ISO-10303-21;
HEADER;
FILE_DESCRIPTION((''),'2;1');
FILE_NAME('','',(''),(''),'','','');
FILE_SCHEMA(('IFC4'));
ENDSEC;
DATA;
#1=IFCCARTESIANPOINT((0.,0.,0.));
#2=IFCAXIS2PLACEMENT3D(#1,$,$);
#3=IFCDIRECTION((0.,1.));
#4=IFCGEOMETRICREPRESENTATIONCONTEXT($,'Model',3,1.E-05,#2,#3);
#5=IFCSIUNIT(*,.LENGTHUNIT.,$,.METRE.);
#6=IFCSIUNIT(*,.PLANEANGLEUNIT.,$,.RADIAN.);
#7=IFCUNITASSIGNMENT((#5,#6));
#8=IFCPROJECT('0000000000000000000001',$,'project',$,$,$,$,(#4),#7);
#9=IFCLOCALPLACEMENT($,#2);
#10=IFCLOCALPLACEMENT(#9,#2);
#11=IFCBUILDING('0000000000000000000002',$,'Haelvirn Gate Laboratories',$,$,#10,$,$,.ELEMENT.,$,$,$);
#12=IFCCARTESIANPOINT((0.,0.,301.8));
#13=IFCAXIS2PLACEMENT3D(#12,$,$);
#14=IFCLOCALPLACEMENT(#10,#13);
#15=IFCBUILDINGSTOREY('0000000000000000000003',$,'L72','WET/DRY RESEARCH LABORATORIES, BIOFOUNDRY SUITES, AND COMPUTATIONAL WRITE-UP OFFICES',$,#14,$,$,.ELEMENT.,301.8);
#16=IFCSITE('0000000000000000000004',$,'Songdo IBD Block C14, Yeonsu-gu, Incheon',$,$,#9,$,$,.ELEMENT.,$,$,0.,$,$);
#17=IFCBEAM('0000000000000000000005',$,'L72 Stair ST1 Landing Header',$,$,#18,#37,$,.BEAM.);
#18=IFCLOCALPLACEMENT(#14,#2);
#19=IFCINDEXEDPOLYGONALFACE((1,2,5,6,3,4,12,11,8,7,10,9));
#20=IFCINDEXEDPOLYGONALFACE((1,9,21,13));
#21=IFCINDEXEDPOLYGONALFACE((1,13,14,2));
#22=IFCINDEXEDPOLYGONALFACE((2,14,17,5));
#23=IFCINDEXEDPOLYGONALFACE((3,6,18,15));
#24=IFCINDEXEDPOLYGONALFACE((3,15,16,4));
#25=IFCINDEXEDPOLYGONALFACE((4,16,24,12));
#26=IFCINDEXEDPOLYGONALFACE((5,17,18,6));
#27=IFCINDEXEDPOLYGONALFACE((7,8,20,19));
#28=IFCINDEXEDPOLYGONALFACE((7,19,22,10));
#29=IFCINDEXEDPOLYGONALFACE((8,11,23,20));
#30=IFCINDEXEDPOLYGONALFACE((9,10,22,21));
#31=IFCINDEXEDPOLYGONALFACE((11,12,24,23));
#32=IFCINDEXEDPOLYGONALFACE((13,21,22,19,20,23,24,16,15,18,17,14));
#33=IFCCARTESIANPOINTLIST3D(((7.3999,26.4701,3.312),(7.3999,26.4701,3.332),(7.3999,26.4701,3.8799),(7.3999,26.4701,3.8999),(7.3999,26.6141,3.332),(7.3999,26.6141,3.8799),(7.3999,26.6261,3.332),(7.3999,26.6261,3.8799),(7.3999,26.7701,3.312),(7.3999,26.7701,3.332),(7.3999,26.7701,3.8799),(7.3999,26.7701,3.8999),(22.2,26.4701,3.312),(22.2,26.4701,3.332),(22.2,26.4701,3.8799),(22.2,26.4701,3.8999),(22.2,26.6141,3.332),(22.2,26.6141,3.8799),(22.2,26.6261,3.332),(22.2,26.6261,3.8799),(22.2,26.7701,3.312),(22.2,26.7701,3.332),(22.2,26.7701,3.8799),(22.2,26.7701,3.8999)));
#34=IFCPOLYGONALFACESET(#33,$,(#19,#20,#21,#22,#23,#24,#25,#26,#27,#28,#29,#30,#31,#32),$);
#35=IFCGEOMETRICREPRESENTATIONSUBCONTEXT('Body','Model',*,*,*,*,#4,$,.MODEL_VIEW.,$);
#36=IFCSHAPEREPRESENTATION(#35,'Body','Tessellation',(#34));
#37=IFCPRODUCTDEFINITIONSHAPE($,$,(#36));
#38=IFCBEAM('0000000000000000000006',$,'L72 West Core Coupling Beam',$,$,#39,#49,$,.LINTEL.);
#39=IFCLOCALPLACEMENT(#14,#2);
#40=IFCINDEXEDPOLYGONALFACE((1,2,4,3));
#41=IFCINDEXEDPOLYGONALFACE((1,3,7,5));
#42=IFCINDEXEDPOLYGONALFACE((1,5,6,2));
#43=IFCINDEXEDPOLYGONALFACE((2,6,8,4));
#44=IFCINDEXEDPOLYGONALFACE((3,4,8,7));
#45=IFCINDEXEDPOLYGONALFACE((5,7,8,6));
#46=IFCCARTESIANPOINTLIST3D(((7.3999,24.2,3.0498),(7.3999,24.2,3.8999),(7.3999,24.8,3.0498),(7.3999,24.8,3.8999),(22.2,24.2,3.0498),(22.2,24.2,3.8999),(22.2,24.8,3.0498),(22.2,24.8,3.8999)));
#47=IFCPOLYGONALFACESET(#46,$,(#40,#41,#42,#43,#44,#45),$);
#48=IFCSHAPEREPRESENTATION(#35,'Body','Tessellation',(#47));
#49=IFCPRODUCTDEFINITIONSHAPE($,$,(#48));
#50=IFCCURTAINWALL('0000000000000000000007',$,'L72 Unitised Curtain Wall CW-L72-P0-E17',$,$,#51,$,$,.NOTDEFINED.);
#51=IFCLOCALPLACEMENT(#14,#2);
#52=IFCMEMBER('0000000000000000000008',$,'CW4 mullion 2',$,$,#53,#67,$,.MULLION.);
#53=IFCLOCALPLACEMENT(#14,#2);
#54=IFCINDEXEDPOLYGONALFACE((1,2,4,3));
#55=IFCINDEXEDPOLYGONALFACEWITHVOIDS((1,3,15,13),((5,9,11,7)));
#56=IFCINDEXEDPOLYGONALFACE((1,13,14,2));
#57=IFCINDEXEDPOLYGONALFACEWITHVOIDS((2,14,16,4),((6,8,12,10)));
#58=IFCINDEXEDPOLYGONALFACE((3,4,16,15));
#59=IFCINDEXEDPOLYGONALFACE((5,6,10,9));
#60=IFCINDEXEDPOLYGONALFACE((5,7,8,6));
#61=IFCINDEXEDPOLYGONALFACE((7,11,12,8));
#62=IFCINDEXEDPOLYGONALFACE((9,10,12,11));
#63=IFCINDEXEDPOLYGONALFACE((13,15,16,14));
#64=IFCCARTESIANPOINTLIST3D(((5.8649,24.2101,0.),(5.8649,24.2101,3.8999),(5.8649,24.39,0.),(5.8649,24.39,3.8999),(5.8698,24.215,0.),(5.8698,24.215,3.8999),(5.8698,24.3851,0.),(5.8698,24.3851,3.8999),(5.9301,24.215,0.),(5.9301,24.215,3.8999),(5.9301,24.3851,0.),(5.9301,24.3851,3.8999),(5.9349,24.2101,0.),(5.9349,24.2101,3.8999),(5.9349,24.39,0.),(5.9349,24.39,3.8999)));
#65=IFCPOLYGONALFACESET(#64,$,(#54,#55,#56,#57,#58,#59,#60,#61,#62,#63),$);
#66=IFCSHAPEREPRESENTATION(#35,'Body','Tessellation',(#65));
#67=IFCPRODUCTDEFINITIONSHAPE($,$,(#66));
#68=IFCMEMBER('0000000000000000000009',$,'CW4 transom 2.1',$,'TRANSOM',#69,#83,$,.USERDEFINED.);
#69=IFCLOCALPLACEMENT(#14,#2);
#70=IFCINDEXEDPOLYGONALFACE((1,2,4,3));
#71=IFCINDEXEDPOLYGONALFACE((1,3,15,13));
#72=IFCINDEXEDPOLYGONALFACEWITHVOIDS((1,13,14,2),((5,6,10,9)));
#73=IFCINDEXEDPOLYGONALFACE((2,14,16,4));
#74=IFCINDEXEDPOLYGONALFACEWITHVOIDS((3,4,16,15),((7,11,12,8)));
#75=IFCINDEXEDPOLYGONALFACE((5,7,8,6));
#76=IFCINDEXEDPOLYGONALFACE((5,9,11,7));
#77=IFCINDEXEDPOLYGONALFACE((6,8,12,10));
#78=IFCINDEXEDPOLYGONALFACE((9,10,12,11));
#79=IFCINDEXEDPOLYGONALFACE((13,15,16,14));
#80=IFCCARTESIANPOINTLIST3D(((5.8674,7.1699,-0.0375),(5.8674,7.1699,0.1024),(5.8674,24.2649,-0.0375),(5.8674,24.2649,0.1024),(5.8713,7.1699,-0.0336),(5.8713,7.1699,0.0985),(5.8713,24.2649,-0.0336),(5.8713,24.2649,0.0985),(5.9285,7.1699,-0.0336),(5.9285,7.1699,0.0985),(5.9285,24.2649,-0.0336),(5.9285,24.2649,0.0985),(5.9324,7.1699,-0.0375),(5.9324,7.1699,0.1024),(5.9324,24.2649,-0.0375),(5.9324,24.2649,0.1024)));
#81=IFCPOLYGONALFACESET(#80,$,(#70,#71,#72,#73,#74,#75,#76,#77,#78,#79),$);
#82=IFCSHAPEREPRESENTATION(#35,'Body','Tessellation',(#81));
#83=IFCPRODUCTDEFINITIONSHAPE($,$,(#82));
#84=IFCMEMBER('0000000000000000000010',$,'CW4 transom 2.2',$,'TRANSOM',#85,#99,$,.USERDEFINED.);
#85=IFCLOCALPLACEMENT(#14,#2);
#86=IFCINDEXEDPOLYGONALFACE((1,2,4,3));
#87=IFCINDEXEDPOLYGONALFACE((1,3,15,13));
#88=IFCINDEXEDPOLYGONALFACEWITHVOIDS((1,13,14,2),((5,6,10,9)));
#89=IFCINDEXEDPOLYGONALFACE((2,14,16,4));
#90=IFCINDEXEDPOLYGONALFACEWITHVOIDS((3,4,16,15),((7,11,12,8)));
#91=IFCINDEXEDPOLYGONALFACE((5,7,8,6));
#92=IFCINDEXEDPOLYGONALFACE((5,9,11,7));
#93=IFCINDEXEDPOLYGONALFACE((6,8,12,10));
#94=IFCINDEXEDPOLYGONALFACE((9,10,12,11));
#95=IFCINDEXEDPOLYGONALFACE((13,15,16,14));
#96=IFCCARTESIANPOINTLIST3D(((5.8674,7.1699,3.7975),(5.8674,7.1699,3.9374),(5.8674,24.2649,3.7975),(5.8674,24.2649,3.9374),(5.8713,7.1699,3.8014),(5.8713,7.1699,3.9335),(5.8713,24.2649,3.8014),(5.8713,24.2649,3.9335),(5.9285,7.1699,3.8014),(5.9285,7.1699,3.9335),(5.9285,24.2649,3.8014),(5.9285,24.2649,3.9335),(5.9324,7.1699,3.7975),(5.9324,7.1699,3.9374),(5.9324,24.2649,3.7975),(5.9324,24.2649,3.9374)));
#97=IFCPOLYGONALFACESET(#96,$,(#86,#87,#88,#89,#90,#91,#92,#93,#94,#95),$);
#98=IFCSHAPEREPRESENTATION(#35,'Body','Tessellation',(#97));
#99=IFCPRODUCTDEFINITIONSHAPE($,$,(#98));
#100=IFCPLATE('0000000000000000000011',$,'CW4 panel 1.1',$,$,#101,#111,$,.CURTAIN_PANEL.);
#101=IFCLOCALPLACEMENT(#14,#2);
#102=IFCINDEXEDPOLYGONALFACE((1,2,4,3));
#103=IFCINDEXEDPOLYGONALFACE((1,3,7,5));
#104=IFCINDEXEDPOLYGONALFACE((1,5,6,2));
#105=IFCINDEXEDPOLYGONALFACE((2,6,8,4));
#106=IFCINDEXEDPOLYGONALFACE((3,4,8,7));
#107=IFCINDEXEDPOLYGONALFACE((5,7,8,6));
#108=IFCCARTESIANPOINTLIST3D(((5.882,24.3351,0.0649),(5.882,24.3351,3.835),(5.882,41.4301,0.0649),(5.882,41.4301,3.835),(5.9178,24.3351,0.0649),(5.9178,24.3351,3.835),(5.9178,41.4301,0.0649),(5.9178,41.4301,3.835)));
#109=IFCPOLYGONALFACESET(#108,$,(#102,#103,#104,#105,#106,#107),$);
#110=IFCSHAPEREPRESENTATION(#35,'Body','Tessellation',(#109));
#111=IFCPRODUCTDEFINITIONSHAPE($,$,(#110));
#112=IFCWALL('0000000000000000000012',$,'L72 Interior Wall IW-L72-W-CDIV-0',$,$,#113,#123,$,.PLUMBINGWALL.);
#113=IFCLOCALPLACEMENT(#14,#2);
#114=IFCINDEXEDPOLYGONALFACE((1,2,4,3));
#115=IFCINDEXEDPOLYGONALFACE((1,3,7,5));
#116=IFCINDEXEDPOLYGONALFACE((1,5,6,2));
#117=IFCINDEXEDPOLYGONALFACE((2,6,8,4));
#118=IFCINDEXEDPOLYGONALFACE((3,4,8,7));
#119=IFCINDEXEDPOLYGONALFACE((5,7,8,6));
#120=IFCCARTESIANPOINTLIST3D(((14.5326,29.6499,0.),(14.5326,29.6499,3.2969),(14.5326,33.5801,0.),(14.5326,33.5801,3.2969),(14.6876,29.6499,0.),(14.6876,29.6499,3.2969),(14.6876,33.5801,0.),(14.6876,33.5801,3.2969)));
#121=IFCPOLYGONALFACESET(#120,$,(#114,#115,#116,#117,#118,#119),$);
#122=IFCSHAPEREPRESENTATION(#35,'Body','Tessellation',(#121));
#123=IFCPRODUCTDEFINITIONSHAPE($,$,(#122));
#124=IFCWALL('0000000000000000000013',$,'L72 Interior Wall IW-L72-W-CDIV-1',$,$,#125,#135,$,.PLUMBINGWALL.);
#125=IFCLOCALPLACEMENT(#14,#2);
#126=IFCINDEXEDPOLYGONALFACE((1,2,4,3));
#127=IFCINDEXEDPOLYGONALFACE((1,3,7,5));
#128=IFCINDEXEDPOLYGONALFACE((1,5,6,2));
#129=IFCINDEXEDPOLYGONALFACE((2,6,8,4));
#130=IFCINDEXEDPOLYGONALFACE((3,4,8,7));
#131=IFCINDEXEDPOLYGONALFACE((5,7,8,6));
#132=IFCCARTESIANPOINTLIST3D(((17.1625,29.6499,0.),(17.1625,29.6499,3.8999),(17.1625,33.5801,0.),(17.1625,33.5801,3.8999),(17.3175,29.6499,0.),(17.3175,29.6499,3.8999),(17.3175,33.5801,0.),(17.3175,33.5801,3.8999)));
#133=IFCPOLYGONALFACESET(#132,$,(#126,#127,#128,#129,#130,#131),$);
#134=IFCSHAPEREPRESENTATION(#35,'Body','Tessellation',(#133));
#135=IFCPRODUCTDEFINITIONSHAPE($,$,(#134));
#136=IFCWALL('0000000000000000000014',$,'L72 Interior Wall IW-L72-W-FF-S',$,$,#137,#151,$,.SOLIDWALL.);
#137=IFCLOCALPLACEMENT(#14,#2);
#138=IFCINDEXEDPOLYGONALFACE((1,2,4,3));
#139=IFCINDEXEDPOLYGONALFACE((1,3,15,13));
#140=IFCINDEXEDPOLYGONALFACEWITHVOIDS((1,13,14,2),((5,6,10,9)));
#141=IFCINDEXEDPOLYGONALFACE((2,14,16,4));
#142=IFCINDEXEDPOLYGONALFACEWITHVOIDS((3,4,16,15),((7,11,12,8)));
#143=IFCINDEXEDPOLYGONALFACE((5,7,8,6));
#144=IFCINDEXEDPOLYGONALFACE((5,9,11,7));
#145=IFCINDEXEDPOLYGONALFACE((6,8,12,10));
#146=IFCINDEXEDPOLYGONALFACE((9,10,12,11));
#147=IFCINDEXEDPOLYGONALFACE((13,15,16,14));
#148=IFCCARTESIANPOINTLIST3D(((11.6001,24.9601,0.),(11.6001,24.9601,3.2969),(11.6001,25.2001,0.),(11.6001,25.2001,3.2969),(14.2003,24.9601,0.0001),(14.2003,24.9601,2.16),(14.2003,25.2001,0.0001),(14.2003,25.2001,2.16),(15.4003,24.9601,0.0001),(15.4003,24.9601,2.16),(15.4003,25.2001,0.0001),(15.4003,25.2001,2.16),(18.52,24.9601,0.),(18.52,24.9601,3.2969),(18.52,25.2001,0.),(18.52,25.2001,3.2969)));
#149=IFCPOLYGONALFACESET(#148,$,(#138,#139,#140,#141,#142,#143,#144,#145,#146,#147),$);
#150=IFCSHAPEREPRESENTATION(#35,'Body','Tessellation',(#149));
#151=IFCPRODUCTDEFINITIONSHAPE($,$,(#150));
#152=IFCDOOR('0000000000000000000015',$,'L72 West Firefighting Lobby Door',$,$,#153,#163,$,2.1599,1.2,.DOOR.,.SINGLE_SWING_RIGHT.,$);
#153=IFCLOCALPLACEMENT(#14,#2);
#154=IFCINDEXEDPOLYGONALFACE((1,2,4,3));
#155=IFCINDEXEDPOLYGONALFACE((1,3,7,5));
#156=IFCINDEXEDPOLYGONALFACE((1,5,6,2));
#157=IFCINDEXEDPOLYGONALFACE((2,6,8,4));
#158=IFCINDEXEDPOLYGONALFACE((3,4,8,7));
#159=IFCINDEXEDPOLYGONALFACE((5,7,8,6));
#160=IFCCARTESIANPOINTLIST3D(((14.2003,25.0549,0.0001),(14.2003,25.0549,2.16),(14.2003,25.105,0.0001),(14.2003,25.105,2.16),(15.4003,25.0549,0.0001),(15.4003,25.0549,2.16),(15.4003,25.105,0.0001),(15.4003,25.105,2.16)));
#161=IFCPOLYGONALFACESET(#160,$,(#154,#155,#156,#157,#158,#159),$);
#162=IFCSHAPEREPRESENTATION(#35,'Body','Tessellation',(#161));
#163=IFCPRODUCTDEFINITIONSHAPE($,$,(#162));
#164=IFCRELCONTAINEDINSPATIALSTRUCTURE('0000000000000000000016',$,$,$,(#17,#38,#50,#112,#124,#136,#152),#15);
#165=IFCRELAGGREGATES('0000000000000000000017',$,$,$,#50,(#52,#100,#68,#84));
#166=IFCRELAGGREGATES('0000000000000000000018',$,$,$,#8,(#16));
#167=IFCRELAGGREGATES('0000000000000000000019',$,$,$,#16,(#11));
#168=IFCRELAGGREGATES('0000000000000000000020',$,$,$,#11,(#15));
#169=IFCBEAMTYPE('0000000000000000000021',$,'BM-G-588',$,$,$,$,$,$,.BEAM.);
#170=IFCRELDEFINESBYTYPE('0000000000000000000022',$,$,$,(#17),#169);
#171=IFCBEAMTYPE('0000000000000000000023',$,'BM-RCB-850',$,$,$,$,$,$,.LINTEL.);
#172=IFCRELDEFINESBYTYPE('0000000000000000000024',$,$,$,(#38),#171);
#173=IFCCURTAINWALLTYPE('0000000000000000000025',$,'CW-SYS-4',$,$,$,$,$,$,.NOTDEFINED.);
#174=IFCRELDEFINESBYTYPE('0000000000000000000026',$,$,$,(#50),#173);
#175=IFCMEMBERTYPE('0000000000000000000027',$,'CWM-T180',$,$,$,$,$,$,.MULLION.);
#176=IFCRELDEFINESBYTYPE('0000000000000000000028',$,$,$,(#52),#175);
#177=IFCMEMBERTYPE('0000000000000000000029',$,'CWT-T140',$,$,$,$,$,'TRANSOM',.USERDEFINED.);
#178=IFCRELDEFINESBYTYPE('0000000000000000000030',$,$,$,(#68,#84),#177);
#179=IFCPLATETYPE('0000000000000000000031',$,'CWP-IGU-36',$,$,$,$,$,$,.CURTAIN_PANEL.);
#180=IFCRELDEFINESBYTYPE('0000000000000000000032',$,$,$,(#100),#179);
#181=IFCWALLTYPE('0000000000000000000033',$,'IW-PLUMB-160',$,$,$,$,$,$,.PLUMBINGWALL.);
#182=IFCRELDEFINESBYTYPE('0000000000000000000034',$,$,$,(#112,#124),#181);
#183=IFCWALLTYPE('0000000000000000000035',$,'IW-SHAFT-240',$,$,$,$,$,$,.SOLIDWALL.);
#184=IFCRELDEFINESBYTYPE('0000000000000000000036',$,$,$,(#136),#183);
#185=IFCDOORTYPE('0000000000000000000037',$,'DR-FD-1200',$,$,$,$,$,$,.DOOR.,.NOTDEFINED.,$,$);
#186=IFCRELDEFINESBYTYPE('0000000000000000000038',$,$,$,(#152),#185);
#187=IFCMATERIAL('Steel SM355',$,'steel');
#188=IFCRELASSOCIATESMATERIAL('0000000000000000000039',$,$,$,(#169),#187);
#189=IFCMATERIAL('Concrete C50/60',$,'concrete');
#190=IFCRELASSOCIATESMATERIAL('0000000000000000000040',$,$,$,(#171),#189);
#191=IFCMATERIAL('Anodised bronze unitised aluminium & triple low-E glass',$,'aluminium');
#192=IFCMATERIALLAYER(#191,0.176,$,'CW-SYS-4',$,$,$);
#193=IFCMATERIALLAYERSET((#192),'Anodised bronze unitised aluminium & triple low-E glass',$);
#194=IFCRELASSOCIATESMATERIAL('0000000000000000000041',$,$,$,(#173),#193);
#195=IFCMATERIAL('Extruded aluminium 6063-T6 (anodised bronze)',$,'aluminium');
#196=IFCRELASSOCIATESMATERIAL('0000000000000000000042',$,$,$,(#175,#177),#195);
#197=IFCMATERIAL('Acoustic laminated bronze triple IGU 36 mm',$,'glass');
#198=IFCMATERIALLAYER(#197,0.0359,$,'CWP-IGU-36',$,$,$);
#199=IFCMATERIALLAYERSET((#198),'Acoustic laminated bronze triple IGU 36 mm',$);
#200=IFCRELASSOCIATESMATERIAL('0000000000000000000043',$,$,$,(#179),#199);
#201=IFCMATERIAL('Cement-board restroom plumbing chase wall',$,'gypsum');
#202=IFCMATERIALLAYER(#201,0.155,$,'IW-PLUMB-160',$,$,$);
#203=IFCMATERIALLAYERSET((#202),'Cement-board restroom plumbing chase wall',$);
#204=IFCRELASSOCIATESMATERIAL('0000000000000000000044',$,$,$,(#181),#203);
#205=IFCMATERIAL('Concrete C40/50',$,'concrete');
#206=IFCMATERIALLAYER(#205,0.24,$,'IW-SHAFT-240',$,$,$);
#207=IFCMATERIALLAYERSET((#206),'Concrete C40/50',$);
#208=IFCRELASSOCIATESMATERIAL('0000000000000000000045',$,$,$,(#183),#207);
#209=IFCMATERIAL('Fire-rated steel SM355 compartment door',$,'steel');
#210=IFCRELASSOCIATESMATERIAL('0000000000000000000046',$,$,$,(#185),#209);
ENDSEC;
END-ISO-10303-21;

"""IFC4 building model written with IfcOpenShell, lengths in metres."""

from ifc_helpers import new_model, si_unit, direction, frame, frame_2d, origin, origin_2d, place, context, subcontext, project, spatial, rectangle, hollow_rectangle, i_section, extrude, source, transform, mapped, material, layer, layer_set, material_profile, profile_set, type_object, type_shapes, element, fill, aggregate, save


model = new_model("IFC4")

# Units and contexts
model_context = context("Model", 3, precision=1e-05, world=origin(), true_north=direction((0.0, 1.0)))
body_context = subcontext(model_context, "Body", "Model", "MODEL_VIEW")
ifc_project = project(units=[si_unit("LENGTHUNIT", "METRE"), si_unit("PLANEANGLEUNIT", "RADIAN")], contexts=[model_context])

# Site, building, storey
site_placement = place(None, origin())
site = spatial("IfcSite", under=ifc_project, at=site_placement, Name="Songdo IBD Block C14, Yeonsu-gu, Incheon", CompositionType="ELEMENT", RefElevation=0.0)
building_placement = place(site_placement, origin())
building = spatial("IfcBuilding", under=site, at=building_placement, Name="Haelvirn Gate Laboratories", CompositionType="ELEMENT")
storey_placement = place(building_placement, frame((0.0, 0.0, 301.8)))
storey = spatial("IfcBuildingStorey", under=building, at=storey_placement, Name="L72", Description="WET/DRY RESEARCH LABORATORIES, BIOFOUNDRY SUITES, AND COMPUTATIONAL WRITE-UP OFFICES", CompositionType="ELEMENT", Elevation=301.8)

# Beams
ifc_material_1 = material(Name="Steel SM355", Category="steel")
ifc_material_profile_1 = material_profile(ifc_material_1, i_section(OverallWidth=0.3, OverallDepth=0.5879, WebThickness=0.012, FlangeThickness=0.02, at=origin_2d()), Name="H-588x300x12x20")
ifc_profile_set_1 = profile_set([ifc_material_profile_1], Name="Steel SM355")
beam_type_1 = type_object("IfcBeamType", Name="BM-G-588", PredefinedType="BEAM", material=ifc_profile_set_1)
shared_shape_1 = source(origin(), body_context, "Body", "SweptSolid", [
    extrude(i_section(OverallWidth=0.3, OverallDepth=0.5879, WebThickness=0.012, FlangeThickness=0.02, at=origin_2d()), origin(), (0.0, 0.0, 1.0), 14.8),
])
type_shapes(beam_type_1, [shared_shape_1])
beam_1_placement = place(storey_placement, frame((7.3999, 26.6201, 3.606), z_axis=(1.0, 0.0, 0.0), x_axis=(0.0, 1.0, 0.0)))
element("IfcBeam", 1, at=beam_1_placement, inside=storey, type_object=beam_type_1, Name="L72 Stair ST1 Landing Header", PredefinedType="BEAM", context=body_context, shape_type="MappedRepresentation", body=[
    mapped(shared_shape_1, transform((0.0, 0.0, 0.0), scale=1.0)),
])
ifc_material_2 = material(Name="Concrete C50/60", Category="concrete")
ifc_material_profile_2 = material_profile(ifc_material_2, rectangle(XDim=0.6001, YDim=0.8501, at=origin_2d()), Name="RCB-600x850")
ifc_profile_set_2 = profile_set([ifc_material_profile_2], Name="Concrete C50/60")
beam_type_2 = type_object("IfcBeamType", Name="BM-RCB-850", PredefinedType="LINTEL", material=ifc_profile_set_2)
shared_shape_2 = source(origin(), body_context, "Body", "SweptSolid", [
    extrude(rectangle(XDim=0.6001, YDim=0.8501, at=origin_2d()), origin(), (0.0, 0.0, 1.0), 14.8),
])
type_shapes(beam_type_2, [shared_shape_2])
beam_2_placement = place(storey_placement, frame((7.3999, 24.5, 3.4749), z_axis=(1.0, 0.0, 0.0), x_axis=(0.0, 1.0, 0.0)))
element("IfcBeam", 2, at=beam_2_placement, inside=storey, type_object=beam_type_2, Name="L72 West Core Coupling Beam", PredefinedType="LINTEL", context=body_context, shape_type="MappedRepresentation", body=[
    mapped(shared_shape_2, transform((0.0, 0.0, 0.0), scale=1.0)),
])

# Curtain wall, members, plate
ifc_material_3 = material(Name="Anodised bronze unitised aluminium & triple low-E glass", Category="aluminium")
ifc_layer_1 = layer(ifc_material_3, 0.176, Name="CW-SYS-4")
ifc_layer_set_1 = layer_set([ifc_layer_1], Name="Anodised bronze unitised aluminium & triple low-E glass")
curtain_wall_type = type_object("IfcCurtainWallType", Name="CW-SYS-4", PredefinedType="NOTDEFINED", material=ifc_layer_set_1)
curtain_wall_placement = place(storey_placement, origin())
curtain_wall = element("IfcCurtainWall", 3, at=curtain_wall_placement, inside=storey, type_object=curtain_wall_type, Name="L72 Unitised Curtain Wall CW-L72-P0-E17", PredefinedType="NOTDEFINED")
ifc_material_4 = material(Name="Extruded aluminium 6063-T6 (anodised bronze)", Category="aluminium")
ifc_material_profile_3 = material_profile(ifc_material_4, hollow_rectangle(XDim=0.0701, YDim=0.1799, WallThickness=0.0049, at=origin_2d()), Name="CWM-180x70x5")
ifc_profile_set_3 = profile_set([ifc_material_profile_3], Name="Extruded aluminium 6063-T6 (anodised bronze)")
member_type_1 = type_object("IfcMemberType", Name="CWM-T180", PredefinedType="MULLION", material=ifc_profile_set_3)
shared_shape_3 = source(origin(), body_context, "Body", "SweptSolid", [
    extrude(hollow_rectangle(XDim=0.0701, YDim=0.1799, WallThickness=0.0049, at=origin_2d()), origin(), (0.0, 0.0, 1.0), 3.8999),
])
type_shapes(member_type_1, [shared_shape_3])
member_1_placement = place(storey_placement, frame((5.8999, 24.3, 0.0), z_axis=(0.0, 0.0, 1.0), x_axis=(1.0, 0.0, 0.0)))
member_1 = element("IfcMember", 4, at=member_1_placement, type_object=member_type_1, Name="CW4 mullion 2", PredefinedType="MULLION", context=body_context, shape_type="MappedRepresentation", body=[
    mapped(shared_shape_3, transform((0.0, 0.0, 0.0), scale=1.0)),
])
ifc_material_profile_4 = material_profile(ifc_material_4, hollow_rectangle(XDim=0.0649, YDim=0.1399, WallThickness=0.0039, at=origin_2d()), Name="CWT-140x65x4")
ifc_profile_set_4 = profile_set([ifc_material_profile_4], Name="Extruded aluminium 6063-T6 (anodised bronze)")
member_type_2 = type_object("IfcMemberType", Name="CWT-T140", ElementType="TRANSOM", PredefinedType="USERDEFINED", material=ifc_profile_set_4)
shared_shape_4 = source(origin(), body_context, "Body", "SweptSolid", [
    extrude(hollow_rectangle(XDim=0.0649, YDim=0.1399, WallThickness=0.0039, at=origin_2d()), origin(), (0.0, 0.0, 1.0), 17.095),
])
type_shapes(member_type_2, [shared_shape_4])
member_2_placement = place(storey_placement, frame((5.8999, 24.2649, 0.0325), z_axis=(0.0, -1.0, 0.0), x_axis=(1.0, 0.0, 0.0)))
member_2 = element("IfcMember", 5, at=member_2_placement, type_object=member_type_2, Name="CW4 transom 2.1", ObjectType="TRANSOM", PredefinedType="USERDEFINED", context=body_context, shape_type="MappedRepresentation", body=[
    mapped(shared_shape_4, transform((0.0, 0.0, 0.0), scale=1.0)),
])
member_3_placement = place(storey_placement, frame((5.8999, 24.2649, 3.8674), z_axis=(0.0, -1.0, 0.0), x_axis=(1.0, 0.0, 0.0)))
member_3 = element("IfcMember", 6, at=member_3_placement, type_object=member_type_2, Name="CW4 transom 2.2", ObjectType="TRANSOM", PredefinedType="USERDEFINED", context=body_context, shape_type="MappedRepresentation", body=[
    mapped(shared_shape_4, transform((0.0, 0.0, 0.0), scale=1.0)),
])
ifc_material_5 = material(Name="Acoustic laminated bronze triple IGU 36 mm", Category="glass")
ifc_layer_2 = layer(ifc_material_5, 0.0359, Name="CWP-IGU-36")
ifc_layer_set_2 = layer_set([ifc_layer_2], Name="Acoustic laminated bronze triple IGU 36 mm")
plate_type = type_object("IfcPlateType", Name="CWP-IGU-36", PredefinedType="CURTAIN_PANEL", material=ifc_layer_set_2)
shared_shape_5 = source(origin(), body_context, "Body", "SweptSolid", [
    extrude(rectangle(XDim=17.095, YDim=0.0359, at=origin_2d()), origin(), (0.0, 0.0, 1.0), 3.77),
])
type_shapes(plate_type, [shared_shape_5])
plate_placement = place(storey_placement, frame((5.8999, 32.8826, 0.0649), z_axis=(0.0, 0.0, 1.0), x_axis=(0.0, -1.0, 0.0)))
plate = element("IfcPlate", 7, at=plate_placement, type_object=plate_type, Name="CW4 panel 1.1", PredefinedType="CURTAIN_PANEL", context=body_context, shape_type="MappedRepresentation", body=[
    mapped(shared_shape_5, transform((0.0, 0.0, 0.0), scale=1.0)),
])
aggregate(curtain_wall, [member_1, plate, member_2, member_3])

# Walls
ifc_material_6 = material(Name="Cement-board restroom plumbing chase wall", Category="gypsum")
ifc_layer_3 = layer(ifc_material_6, 0.155, Name="IW-PLUMB-160")
ifc_layer_set_3 = layer_set([ifc_layer_3], Name="Cement-board restroom plumbing chase wall")
wall_type_1 = type_object("IfcWallType", Name="IW-PLUMB-160", PredefinedType="PLUMBINGWALL", material=ifc_layer_set_3)
wall_1_placement = place(storey_placement, frame((14.6101, 29.6499, 0.0), z_axis=(0.0, 0.0, 1.0), x_axis=(0.0, 1.0, 0.0)))
element("IfcWall", 8, at=wall_1_placement, inside=storey, type_object=wall_type_1, Name="L72 Interior Wall IW-L72-W-CDIV-0", PredefinedType="PLUMBINGWALL", context=body_context, shape_type="SweptSolid", body=[
    extrude(rectangle(XDim=3.9302, YDim=0.155, at=frame_2d((1.9651, 0.0))), origin(), (0.0, 0.0, 1.0), 3.2969),
])
wall_2_placement = place(storey_placement, frame((17.24, 29.6499, 0.0), z_axis=(0.0, 0.0, 1.0), x_axis=(0.0, 1.0, 0.0)))
element("IfcWall", 9, at=wall_2_placement, inside=storey, type_object=wall_type_1, Name="L72 Interior Wall IW-L72-W-CDIV-1", PredefinedType="PLUMBINGWALL", context=body_context, shape_type="SweptSolid", body=[
    extrude(rectangle(XDim=3.9302, YDim=0.155, at=frame_2d((1.9651, 0.0))), origin(), (0.0, 0.0, 1.0), 3.8999),
])

# Wall, opening, door
ifc_material_7 = material(Name="Concrete C40/50", Category="concrete")
ifc_layer_4 = layer(ifc_material_7, 0.24, Name="IW-SHAFT-240")
ifc_layer_set_4 = layer_set([ifc_layer_4], Name="Concrete C40/50")
wall_type_2 = type_object("IfcWallType", Name="IW-SHAFT-240", PredefinedType="SOLIDWALL", material=ifc_layer_set_4)
wall_3_placement = place(storey_placement, frame((11.6001, 25.0801, 0.0), z_axis=(0.0, 0.0, 1.0), x_axis=(1.0, 0.0, 0.0)))
wall_3 = element("IfcWall", 10, at=wall_3_placement, inside=storey, type_object=wall_type_2, Name="L72 Interior Wall IW-L72-W-FF-S", PredefinedType="SOLIDWALL", context=body_context, shape_type="SweptSolid", body=[
    extrude(rectangle(XDim=6.9199, YDim=0.24, at=frame_2d((3.46, 0.0))), origin(), (0.0, 0.0, 1.0), 3.2969),
])
opening_1_placement = place(wall_3_placement, frame((2.6001, 0.0, 0.0)))
opening_1 = element("IfcOpeningElement", 11, at=opening_1_placement, cuts=wall_3, PredefinedType="OPENING", context=body_context, shape_type="SweptSolid", body=[
    extrude(rectangle(XDim=1.2, YDim=2.1599, at=frame_2d((0.6001, 1.0801))), frame((0.0, 0.1299, 0.0), z_axis=(0.0, -1.0, 0.0), x_axis=(1.0, 0.0, 0.0)), (0.0, 0.0, 1.0), 0.26),
])
ifc_material_8 = material(Name="Fire-rated steel SM355 compartment door", Category="steel")
door_type_1 = type_object("IfcDoorType", Name="DR-FD-1200", OperationType="NOTDEFINED", PredefinedType="DOOR", material=ifc_material_8)
shared_shape_6 = source(origin(), body_context, "Body", "SweptSolid", [
    extrude(rectangle(XDim=1.2, YDim=2.1599, at=frame_2d((0.6001, 1.0801))), frame((0.0, 0.0249, 0.0), z_axis=(0.0, -1.0, 0.0), x_axis=(1.0, 0.0, 0.0)), (0.0, 0.0, 1.0), 0.05),
])
type_shapes(door_type_1, [shared_shape_6])
door_1_placement = place(opening_1_placement, origin())
door_1 = element("IfcDoor", 12, at=door_1_placement, inside=storey, type_object=door_type_1, Name="L72 West Firefighting Lobby Door", OperationType="SINGLE_SWING_RIGHT", OverallHeight=2.1599, OverallWidth=1.2, PredefinedType="DOOR", context=body_context, shape_type="MappedRepresentation", body=[
    mapped(shared_shape_6, transform((0.0, 0.0, 0.0), scale=1.0)),
])
fill(opening_1, door_1)

save(model, "model.ifc")
